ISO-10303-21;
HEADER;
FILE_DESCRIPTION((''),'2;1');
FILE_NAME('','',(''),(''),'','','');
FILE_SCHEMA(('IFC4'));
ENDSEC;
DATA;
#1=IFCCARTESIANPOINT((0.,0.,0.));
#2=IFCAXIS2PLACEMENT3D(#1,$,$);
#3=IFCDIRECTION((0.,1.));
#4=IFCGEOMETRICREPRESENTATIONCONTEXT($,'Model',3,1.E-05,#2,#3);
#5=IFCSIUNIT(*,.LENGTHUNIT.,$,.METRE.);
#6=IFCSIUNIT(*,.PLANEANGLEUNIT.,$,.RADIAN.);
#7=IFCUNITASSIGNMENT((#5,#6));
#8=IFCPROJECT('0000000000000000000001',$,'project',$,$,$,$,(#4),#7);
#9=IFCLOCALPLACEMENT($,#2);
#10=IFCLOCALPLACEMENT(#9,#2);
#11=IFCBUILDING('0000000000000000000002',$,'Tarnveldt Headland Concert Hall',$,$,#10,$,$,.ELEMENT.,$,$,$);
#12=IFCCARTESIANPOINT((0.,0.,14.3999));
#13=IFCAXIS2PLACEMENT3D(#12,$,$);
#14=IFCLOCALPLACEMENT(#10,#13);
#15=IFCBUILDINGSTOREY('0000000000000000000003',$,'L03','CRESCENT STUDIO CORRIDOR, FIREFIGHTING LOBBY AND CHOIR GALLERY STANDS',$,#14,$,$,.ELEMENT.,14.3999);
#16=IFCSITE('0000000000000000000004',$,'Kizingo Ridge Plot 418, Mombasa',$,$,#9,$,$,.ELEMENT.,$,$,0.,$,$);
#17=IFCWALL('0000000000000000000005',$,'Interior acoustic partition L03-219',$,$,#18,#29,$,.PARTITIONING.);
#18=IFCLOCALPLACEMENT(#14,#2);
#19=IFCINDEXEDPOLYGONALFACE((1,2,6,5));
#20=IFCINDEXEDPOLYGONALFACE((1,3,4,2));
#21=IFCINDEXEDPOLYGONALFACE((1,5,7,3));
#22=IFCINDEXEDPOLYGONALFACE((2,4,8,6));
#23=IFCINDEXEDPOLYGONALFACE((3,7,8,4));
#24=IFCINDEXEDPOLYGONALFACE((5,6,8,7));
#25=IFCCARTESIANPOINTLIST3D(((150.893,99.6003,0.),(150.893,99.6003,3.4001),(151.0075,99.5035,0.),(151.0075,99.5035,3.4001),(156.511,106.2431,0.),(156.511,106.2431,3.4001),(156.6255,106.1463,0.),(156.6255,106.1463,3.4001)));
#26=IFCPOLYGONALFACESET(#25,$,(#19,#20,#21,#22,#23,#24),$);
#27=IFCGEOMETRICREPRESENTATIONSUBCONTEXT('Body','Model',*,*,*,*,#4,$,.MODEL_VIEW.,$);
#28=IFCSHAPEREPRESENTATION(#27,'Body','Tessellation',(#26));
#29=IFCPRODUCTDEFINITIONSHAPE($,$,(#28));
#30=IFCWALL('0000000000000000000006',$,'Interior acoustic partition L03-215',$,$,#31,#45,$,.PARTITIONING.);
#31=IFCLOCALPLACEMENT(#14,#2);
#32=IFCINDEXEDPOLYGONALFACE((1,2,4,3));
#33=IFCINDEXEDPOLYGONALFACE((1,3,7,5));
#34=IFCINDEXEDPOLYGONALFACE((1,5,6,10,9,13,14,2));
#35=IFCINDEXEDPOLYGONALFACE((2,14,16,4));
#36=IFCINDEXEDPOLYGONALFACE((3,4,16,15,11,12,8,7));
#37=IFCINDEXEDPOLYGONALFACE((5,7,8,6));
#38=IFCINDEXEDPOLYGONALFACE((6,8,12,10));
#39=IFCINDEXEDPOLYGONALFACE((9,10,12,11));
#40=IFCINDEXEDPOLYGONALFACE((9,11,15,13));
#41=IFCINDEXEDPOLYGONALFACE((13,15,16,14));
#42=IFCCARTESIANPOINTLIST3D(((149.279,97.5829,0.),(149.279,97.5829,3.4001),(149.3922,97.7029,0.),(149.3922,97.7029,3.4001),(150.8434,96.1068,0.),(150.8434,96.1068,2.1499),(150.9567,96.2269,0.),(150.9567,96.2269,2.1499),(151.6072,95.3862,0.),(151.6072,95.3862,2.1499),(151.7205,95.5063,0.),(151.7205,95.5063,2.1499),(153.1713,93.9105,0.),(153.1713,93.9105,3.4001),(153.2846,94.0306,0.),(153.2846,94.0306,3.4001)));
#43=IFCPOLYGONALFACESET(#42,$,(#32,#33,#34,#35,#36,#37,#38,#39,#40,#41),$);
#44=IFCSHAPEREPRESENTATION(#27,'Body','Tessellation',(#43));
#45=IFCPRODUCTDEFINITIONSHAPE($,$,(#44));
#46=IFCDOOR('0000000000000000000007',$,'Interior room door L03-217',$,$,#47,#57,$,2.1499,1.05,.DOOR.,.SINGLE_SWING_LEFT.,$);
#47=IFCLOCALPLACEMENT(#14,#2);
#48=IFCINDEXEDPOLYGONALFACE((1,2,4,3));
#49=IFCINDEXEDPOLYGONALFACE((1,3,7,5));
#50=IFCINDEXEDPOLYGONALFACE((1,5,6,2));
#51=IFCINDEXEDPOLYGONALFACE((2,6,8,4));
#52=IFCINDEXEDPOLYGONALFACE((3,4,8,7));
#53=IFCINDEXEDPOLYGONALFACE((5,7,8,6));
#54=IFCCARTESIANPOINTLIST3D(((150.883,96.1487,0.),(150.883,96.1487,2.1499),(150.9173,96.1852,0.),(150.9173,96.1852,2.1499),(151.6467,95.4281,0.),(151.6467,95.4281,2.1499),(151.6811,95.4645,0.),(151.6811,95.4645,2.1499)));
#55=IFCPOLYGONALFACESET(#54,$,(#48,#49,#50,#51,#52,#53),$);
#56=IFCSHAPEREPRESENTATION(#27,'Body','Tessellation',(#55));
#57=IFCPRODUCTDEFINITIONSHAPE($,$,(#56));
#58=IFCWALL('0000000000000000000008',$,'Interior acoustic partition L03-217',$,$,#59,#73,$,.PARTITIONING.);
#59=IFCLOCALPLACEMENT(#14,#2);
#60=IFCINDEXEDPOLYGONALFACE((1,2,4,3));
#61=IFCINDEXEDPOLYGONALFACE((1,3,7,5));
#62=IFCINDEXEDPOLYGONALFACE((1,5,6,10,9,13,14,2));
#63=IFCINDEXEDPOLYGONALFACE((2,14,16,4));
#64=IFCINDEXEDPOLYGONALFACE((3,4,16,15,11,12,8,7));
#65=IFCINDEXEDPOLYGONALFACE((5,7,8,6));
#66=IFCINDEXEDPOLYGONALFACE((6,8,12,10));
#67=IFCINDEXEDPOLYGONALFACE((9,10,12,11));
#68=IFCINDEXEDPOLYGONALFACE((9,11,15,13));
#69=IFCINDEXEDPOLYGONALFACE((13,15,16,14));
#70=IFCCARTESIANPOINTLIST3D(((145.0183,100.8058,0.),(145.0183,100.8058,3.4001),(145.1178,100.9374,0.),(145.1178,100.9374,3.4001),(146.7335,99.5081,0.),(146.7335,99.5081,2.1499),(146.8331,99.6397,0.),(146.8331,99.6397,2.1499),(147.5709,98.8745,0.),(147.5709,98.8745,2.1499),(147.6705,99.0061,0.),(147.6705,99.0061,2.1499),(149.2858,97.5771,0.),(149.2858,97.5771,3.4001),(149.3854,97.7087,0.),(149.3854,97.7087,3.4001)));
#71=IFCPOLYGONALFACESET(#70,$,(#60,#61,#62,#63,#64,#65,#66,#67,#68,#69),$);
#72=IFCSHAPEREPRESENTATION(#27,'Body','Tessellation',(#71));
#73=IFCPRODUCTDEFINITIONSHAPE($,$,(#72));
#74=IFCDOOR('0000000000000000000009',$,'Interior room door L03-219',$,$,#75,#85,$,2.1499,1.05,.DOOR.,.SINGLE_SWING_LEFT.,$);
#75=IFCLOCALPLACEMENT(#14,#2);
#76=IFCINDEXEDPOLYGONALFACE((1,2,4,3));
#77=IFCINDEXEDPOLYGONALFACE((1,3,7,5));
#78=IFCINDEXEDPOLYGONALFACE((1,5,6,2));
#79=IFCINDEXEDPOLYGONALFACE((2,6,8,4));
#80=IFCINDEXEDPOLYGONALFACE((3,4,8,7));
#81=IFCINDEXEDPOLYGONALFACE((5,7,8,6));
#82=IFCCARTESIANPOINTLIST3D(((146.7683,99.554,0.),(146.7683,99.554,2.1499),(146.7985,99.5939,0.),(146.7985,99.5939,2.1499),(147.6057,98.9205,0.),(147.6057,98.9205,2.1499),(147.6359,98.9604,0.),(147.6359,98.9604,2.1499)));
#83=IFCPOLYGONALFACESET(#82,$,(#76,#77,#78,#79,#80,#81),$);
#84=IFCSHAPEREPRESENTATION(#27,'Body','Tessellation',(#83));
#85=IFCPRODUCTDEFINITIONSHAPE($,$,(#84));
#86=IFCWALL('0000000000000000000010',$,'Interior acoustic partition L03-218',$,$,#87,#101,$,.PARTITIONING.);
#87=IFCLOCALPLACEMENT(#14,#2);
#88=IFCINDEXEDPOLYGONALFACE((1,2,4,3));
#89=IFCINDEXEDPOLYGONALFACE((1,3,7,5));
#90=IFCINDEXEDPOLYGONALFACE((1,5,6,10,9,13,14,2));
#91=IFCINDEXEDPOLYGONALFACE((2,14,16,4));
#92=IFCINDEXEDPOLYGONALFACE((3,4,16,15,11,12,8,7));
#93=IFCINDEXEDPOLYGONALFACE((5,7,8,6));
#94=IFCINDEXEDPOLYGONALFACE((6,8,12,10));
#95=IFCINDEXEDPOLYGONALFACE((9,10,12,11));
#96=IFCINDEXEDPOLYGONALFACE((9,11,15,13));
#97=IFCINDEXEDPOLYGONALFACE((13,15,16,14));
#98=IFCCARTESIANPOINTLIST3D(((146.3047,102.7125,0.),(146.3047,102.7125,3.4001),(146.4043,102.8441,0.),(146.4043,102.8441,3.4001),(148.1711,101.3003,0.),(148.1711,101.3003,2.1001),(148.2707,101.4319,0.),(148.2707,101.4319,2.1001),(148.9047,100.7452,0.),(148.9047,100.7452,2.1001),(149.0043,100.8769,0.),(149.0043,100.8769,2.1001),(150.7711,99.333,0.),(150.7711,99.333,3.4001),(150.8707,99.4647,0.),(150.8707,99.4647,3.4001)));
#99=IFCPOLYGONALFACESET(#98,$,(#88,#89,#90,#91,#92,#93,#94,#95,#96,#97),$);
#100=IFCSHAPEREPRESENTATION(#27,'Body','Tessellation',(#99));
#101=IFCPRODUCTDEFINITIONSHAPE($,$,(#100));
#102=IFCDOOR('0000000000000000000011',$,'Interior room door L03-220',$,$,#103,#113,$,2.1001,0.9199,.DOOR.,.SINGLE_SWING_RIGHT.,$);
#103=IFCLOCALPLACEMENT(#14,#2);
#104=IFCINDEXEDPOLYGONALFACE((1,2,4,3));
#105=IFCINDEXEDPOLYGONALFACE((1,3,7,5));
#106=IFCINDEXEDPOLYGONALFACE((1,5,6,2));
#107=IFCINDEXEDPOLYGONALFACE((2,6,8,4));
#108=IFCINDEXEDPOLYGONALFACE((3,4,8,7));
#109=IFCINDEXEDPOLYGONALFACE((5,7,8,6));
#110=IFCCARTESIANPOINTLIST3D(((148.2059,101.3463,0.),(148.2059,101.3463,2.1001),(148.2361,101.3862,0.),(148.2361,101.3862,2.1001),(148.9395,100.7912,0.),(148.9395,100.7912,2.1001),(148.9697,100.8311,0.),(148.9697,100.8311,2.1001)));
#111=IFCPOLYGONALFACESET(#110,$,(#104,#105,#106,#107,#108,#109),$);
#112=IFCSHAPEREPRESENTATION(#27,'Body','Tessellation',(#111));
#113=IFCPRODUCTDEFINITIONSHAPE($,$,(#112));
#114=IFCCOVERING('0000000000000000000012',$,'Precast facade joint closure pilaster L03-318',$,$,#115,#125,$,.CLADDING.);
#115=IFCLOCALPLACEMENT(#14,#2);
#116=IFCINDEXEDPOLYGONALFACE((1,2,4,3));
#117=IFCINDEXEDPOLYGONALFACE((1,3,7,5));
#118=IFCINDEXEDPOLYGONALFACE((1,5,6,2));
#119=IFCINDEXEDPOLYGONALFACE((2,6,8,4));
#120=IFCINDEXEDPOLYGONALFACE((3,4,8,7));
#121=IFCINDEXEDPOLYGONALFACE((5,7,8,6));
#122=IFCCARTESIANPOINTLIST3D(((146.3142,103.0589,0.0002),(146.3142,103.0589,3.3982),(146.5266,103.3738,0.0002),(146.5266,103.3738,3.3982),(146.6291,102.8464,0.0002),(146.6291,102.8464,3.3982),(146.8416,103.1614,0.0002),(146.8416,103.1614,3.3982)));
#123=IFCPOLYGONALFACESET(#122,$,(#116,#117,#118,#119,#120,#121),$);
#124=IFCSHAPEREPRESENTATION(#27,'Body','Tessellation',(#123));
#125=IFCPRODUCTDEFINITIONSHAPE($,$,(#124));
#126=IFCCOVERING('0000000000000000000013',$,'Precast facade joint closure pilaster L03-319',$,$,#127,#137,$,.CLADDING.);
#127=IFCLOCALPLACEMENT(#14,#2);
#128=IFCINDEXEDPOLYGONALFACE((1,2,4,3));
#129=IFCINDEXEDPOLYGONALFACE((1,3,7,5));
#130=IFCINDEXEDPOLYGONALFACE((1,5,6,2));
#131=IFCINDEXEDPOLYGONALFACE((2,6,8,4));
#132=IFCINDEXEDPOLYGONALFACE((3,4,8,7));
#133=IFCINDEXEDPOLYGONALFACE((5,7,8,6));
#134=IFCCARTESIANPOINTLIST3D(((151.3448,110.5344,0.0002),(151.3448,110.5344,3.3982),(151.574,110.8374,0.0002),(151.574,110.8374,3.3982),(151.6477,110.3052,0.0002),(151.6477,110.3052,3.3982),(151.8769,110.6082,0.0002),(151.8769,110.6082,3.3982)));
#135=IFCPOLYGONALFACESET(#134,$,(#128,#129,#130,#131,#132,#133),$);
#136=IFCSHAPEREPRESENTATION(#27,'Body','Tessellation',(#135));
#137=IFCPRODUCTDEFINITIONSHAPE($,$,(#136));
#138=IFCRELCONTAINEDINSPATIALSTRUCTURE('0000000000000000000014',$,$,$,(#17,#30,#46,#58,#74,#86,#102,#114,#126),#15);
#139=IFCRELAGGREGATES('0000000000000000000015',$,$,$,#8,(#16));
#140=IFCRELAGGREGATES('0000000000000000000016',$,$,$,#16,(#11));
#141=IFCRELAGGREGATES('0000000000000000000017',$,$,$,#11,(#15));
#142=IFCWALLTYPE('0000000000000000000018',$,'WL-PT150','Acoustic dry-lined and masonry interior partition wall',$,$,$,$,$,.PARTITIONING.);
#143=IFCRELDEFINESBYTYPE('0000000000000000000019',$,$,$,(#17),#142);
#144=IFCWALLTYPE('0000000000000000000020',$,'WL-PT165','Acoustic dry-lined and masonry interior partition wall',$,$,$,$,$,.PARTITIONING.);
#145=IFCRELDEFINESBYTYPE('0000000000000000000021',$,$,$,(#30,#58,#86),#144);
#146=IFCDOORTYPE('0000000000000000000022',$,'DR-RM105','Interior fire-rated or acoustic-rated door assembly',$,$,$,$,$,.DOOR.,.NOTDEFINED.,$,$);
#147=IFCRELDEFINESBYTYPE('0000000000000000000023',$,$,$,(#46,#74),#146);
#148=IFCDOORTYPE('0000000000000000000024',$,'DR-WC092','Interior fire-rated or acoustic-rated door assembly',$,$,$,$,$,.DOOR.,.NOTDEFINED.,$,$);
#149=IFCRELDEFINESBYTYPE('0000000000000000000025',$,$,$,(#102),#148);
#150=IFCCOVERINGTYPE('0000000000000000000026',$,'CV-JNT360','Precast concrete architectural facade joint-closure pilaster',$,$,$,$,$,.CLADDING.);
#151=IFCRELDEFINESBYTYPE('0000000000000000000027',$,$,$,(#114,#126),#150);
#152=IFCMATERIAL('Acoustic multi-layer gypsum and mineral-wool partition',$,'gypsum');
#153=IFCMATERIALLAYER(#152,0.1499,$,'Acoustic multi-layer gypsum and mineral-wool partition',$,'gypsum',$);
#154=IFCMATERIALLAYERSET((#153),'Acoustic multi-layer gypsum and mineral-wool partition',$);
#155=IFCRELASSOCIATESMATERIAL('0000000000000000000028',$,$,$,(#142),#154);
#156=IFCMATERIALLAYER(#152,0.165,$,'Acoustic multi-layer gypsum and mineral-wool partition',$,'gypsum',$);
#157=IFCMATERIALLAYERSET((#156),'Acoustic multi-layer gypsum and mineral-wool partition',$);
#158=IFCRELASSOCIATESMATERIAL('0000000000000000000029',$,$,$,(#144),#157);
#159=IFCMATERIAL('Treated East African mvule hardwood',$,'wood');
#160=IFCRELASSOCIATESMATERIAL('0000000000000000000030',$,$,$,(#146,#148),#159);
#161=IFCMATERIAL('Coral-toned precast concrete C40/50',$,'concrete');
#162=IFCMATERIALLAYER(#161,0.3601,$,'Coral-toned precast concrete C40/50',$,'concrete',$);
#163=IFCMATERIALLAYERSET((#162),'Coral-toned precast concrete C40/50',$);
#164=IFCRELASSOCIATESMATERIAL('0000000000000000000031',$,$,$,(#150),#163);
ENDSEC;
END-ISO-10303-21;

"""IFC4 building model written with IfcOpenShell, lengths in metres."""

from ifc_helpers import new_model, si_unit, direction, frame, frame_2d, origin, origin_2d, place, context, subcontext, project, spatial, rectangle, extrude, material, layer, layer_set, type_object, element, fill, save


model = new_model("IFC4")

# Units and contexts
model_context = context("Model", 3, precision=1e-05, world=origin(), true_north=direction((0.0, 1.0)))
body_context = subcontext(model_context, "Body", "Model", "MODEL_VIEW")
ifc_project = project(units=[si_unit("LENGTHUNIT", "METRE"), si_unit("PLANEANGLEUNIT", "RADIAN")], contexts=[model_context])

# Site, building, storey
site_placement = place(None, origin())
site = spatial("IfcSite", under=ifc_project, at=site_placement, Name="Kizingo Ridge Plot 418, Mombasa", CompositionType="ELEMENT", RefElevation=0.0)
building_placement = place(site_placement, origin())
building = spatial("IfcBuilding", under=site, at=building_placement, Name="Tarnveldt Headland Concert Hall", CompositionType="ELEMENT")
storey_placement = place(building_placement, frame((0.0, 0.0, 14.3999)))
storey = spatial("IfcBuildingStorey", under=building, at=storey_placement, Name="L03", Description="CRESCENT STUDIO CORRIDOR, FIREFIGHTING LOBBY AND CHOIR GALLERY STANDS", CompositionType="ELEMENT", Elevation=14.3999)

# Shared definitions
ifc_material_1 = material(Name="Coral-toned precast concrete C40/50", Category="concrete")

# Wall
ifc_material_2 = material(Name="Acoustic multi-layer gypsum and mineral-wool partition", Category="gypsum")
ifc_layer_1 = layer(ifc_material_2, 0.1499, Name="Acoustic multi-layer gypsum and mineral-wool partition", Category="gypsum")
ifc_layer_set_1 = layer_set([ifc_layer_1], Name="Acoustic multi-layer gypsum and mineral-wool partition")
wall_type_1 = type_object("IfcWallType", Name="WL-PT150", Description="Acoustic dry-lined and masonry interior partition wall", PredefinedType="PARTITIONING", material=ifc_layer_set_1)
wall_1_placement = place(storey_placement, frame((150.9502, 99.5518, 0.0), z_axis=(0.0, 0.0, 1.0), x_axis=(0.645746, 0.763552, 0.0)))
element("IfcWall", 1, at=wall_1_placement, inside=storey, type_object=wall_type_1, Name="Interior acoustic partition L03-219", PredefinedType="PARTITIONING", context=body_context, shape_type="SweptSolid", body=[
    extrude(rectangle(XDim=8.7, YDim=0.1499, at=frame_2d((4.3501, 0.0))), origin(), (0.0, 0.0, 1.0), 3.4001),
])

# Walls, openings, doors
ifc_layer_2 = layer(ifc_material_2, 0.165, Name="Acoustic multi-layer gypsum and mineral-wool partition", Category="gypsum")
ifc_layer_set_2 = layer_set([ifc_layer_2], Name="Acoustic multi-layer gypsum and mineral-wool partition")
wall_type_2 = type_object("IfcWallType", Name="WL-PT165", Description="Acoustic dry-lined and masonry interior partition wall", PredefinedType="PARTITIONING", material=ifc_layer_set_2)
wall_2_placement = place(storey_placement, frame((153.228, 93.9705, 0.0), z_axis=(0.0, 0.0, 1.0), x_axis=(-0.727361, 0.686255, 0.0)))
wall_2 = element("IfcWall", 2, at=wall_2_placement, inside=storey, type_object=wall_type_2, Name="Interior acoustic partition L03-215", PredefinedType="PARTITIONING", context=body_context, shape_type="SweptSolid", body=[
    extrude(rectangle(XDim=5.3513, YDim=0.165, at=frame_2d((2.6758, 0.0))), origin(), (0.0, 0.0, 1.0), 3.4001),
])
opening_1_placement = place(wall_2_placement, frame((2.1506, 0.0, 0.0)))
opening_1 = element("IfcOpeningElement", 3, at=opening_1_placement, cuts=wall_2, PredefinedType="OPENING", context=body_context, shape_type="SweptSolid", body=[
    extrude(rectangle(XDim=1.05, YDim=2.1499, at=frame_2d((0.5249, 1.075))), frame((0.0, 0.0925, 0.0), z_axis=(0.0, -1.0, 0.0), x_axis=(1.0, 0.0, 0.0)), (0.0, 0.0, 1.0), 0.1851),
])
ifc_material_3 = material(Name="Treated East African mvule hardwood", Category="wood")
door_type_1 = type_object("IfcDoorType", Name="DR-RM105", Description="Interior fire-rated or acoustic-rated door assembly", OperationType="NOTDEFINED", PredefinedType="DOOR", material=ifc_material_3)
door_1_placement = place(opening_1_placement, origin())
door_1 = element("IfcDoor", 4, at=door_1_placement, inside=storey, type_object=door_type_1, Name="Interior room door L03-217", OperationType="SINGLE_SWING_LEFT", OverallHeight=2.1499, OverallWidth=1.05, PredefinedType="DOOR", context=body_context, shape_type="SweptSolid", body=[
    extrude(rectangle(XDim=1.05, YDim=2.1499, at=frame_2d((0.5249, 1.075))), frame((0.0, 0.0249, 0.0), z_axis=(0.0, -1.0, 0.0), x_axis=(1.0, 0.0, 0.0)), (0.0, 0.0, 1.0), 0.05),
])
fill(opening_1, door_1)
wall_3_placement = place(storey_placement, frame((149.3357, 97.6428, 0.0), z_axis=(0.0, 0.0, 1.0), x_axis=(-0.797475, 0.603353, 0.0)))
wall_3 = element("IfcWall", 5, at=wall_3_placement, inside=storey, type_object=wall_type_2, Name="Interior acoustic partition L03-217", PredefinedType="PARTITIONING", context=body_context, shape_type="SweptSolid", body=[
    extrude(rectangle(XDim=5.3513, YDim=0.165, at=frame_2d((2.6758, 0.0))), origin(), (0.0, 0.0, 1.0), 3.4001),
])
opening_2_placement = place(wall_3_placement, frame((2.1506, 0.0, 0.0)))
opening_2 = element("IfcOpeningElement", 6, at=opening_2_placement, cuts=wall_3, PredefinedType="OPENING", context=body_context, shape_type="SweptSolid", body=[
    extrude(rectangle(XDim=1.05, YDim=2.1499, at=frame_2d((0.5249, 1.075))), frame((0.0, 0.0925, 0.0), z_axis=(0.0, -1.0, 0.0), x_axis=(1.0, 0.0, 0.0)), (0.0, 0.0, 1.0), 0.1851),
])
door_2_placement = place(opening_2_placement, origin())
door_2 = element("IfcDoor", 7, at=door_2_placement, inside=storey, type_object=door_type_1, Name="Interior room door L03-219", OperationType="SINGLE_SWING_LEFT", OverallHeight=2.1499, OverallWidth=1.05, PredefinedType="DOOR", context=body_context, shape_type="SweptSolid", body=[
    extrude(rectangle(XDim=1.05, YDim=2.1499, at=frame_2d((0.5249, 1.075))), frame((0.0, 0.0249, 0.0), z_axis=(0.0, -1.0, 0.0), x_axis=(1.0, 0.0, 0.0)), (0.0, 0.0, 1.0), 0.05),
])
fill(opening_2, door_2)
wall_4_placement = place(storey_placement, frame((150.8208, 99.3989, 0.0), z_axis=(0.0, 0.0, 1.0), x_axis=(-0.797451, 0.603384, 0.0)))
wall_4 = element("IfcWall", 8, at=wall_4_placement, inside=storey, type_object=wall_type_2, Name="Interior acoustic partition L03-218", PredefinedType="PARTITIONING", context=body_context, shape_type="SweptSolid", body=[
    extrude(rectangle(XDim=5.6008, YDim=0.165, at=frame_2d((2.8003, 0.0))), origin(), (0.0, 0.0, 1.0), 3.4001),
])
opening_3_placement = place(wall_4_placement, frame((2.3403, 0.0, 0.0)))
opening_3 = element("IfcOpeningElement", 9, at=opening_3_placement, cuts=wall_4, PredefinedType="OPENING", context=body_context, shape_type="SweptSolid", body=[
    extrude(rectangle(XDim=0.9199, YDim=2.1001, at=frame_2d((0.46, 1.05))), frame((0.0, 0.0925, 0.0), z_axis=(0.0, -1.0, 0.0), x_axis=(1.0, 0.0, 0.0)), (0.0, 0.0, 1.0), 0.1851),
])
door_type_2 = type_object("IfcDoorType", Name="DR-WC092", Description="Interior fire-rated or acoustic-rated door assembly", OperationType="NOTDEFINED", PredefinedType="DOOR", material=ifc_material_3)
door_3_placement = place(opening_3_placement, origin())
door_3 = element("IfcDoor", 10, at=door_3_placement, inside=storey, type_object=door_type_2, Name="Interior room door L03-220", OperationType="SINGLE_SWING_RIGHT", OverallHeight=2.1001, OverallWidth=0.9199, PredefinedType="DOOR", context=body_context, shape_type="SweptSolid", body=[
    extrude(rectangle(XDim=0.9199, YDim=2.1001, at=frame_2d((0.46, 1.05))), frame((0.0, 0.0249, 0.0), z_axis=(0.0, -1.0, 0.0), x_axis=(1.0, 0.0, 0.0)), (0.0, 0.0, 1.0), 0.05),
])
fill(opening_3, door_3)

# Coverings
ifc_layer_3 = layer(ifc_material_1, 0.3601, Name="Coral-toned precast concrete C40/50", Category="concrete")
ifc_layer_set_3 = layer_set([ifc_layer_3], Name="Coral-toned precast concrete C40/50")
covering_type = type_object("IfcCoveringType", Name="CV-JNT360", Description="Precast concrete architectural facade joint-closure pilaster", PredefinedType="CLADDING", material=ifc_layer_set_3)
for number, where, z_axis, x_axis, name in (
    (11, (146.5779, 103.1101, 0.0002), (0.0, 0.0, 1.0), (0.559193, 0.829038, 0.0), "Precast facade joint closure pilaster L03-318"),
    (12, (151.6108, 110.5713, 0.0002), (0.0, 0.0, 1.0), (0.797479, -0.603347, 0.0), "Precast facade joint closure pilaster L03-319"),
):
    element("IfcCovering", number, at=place(storey_placement, frame(where, z_axis=z_axis, x_axis=x_axis)), inside=storey, type_object=covering_type, Name=name, PredefinedType="CLADDING", context=body_context, shape_type="SweptSolid", body=[
        extrude(rectangle(XDim=0.3799, YDim=0.3799, at=origin_2d()), origin(), (0.0, 0.0, 1.0), 3.3979),
    ])

save(model, "model.ifc")
